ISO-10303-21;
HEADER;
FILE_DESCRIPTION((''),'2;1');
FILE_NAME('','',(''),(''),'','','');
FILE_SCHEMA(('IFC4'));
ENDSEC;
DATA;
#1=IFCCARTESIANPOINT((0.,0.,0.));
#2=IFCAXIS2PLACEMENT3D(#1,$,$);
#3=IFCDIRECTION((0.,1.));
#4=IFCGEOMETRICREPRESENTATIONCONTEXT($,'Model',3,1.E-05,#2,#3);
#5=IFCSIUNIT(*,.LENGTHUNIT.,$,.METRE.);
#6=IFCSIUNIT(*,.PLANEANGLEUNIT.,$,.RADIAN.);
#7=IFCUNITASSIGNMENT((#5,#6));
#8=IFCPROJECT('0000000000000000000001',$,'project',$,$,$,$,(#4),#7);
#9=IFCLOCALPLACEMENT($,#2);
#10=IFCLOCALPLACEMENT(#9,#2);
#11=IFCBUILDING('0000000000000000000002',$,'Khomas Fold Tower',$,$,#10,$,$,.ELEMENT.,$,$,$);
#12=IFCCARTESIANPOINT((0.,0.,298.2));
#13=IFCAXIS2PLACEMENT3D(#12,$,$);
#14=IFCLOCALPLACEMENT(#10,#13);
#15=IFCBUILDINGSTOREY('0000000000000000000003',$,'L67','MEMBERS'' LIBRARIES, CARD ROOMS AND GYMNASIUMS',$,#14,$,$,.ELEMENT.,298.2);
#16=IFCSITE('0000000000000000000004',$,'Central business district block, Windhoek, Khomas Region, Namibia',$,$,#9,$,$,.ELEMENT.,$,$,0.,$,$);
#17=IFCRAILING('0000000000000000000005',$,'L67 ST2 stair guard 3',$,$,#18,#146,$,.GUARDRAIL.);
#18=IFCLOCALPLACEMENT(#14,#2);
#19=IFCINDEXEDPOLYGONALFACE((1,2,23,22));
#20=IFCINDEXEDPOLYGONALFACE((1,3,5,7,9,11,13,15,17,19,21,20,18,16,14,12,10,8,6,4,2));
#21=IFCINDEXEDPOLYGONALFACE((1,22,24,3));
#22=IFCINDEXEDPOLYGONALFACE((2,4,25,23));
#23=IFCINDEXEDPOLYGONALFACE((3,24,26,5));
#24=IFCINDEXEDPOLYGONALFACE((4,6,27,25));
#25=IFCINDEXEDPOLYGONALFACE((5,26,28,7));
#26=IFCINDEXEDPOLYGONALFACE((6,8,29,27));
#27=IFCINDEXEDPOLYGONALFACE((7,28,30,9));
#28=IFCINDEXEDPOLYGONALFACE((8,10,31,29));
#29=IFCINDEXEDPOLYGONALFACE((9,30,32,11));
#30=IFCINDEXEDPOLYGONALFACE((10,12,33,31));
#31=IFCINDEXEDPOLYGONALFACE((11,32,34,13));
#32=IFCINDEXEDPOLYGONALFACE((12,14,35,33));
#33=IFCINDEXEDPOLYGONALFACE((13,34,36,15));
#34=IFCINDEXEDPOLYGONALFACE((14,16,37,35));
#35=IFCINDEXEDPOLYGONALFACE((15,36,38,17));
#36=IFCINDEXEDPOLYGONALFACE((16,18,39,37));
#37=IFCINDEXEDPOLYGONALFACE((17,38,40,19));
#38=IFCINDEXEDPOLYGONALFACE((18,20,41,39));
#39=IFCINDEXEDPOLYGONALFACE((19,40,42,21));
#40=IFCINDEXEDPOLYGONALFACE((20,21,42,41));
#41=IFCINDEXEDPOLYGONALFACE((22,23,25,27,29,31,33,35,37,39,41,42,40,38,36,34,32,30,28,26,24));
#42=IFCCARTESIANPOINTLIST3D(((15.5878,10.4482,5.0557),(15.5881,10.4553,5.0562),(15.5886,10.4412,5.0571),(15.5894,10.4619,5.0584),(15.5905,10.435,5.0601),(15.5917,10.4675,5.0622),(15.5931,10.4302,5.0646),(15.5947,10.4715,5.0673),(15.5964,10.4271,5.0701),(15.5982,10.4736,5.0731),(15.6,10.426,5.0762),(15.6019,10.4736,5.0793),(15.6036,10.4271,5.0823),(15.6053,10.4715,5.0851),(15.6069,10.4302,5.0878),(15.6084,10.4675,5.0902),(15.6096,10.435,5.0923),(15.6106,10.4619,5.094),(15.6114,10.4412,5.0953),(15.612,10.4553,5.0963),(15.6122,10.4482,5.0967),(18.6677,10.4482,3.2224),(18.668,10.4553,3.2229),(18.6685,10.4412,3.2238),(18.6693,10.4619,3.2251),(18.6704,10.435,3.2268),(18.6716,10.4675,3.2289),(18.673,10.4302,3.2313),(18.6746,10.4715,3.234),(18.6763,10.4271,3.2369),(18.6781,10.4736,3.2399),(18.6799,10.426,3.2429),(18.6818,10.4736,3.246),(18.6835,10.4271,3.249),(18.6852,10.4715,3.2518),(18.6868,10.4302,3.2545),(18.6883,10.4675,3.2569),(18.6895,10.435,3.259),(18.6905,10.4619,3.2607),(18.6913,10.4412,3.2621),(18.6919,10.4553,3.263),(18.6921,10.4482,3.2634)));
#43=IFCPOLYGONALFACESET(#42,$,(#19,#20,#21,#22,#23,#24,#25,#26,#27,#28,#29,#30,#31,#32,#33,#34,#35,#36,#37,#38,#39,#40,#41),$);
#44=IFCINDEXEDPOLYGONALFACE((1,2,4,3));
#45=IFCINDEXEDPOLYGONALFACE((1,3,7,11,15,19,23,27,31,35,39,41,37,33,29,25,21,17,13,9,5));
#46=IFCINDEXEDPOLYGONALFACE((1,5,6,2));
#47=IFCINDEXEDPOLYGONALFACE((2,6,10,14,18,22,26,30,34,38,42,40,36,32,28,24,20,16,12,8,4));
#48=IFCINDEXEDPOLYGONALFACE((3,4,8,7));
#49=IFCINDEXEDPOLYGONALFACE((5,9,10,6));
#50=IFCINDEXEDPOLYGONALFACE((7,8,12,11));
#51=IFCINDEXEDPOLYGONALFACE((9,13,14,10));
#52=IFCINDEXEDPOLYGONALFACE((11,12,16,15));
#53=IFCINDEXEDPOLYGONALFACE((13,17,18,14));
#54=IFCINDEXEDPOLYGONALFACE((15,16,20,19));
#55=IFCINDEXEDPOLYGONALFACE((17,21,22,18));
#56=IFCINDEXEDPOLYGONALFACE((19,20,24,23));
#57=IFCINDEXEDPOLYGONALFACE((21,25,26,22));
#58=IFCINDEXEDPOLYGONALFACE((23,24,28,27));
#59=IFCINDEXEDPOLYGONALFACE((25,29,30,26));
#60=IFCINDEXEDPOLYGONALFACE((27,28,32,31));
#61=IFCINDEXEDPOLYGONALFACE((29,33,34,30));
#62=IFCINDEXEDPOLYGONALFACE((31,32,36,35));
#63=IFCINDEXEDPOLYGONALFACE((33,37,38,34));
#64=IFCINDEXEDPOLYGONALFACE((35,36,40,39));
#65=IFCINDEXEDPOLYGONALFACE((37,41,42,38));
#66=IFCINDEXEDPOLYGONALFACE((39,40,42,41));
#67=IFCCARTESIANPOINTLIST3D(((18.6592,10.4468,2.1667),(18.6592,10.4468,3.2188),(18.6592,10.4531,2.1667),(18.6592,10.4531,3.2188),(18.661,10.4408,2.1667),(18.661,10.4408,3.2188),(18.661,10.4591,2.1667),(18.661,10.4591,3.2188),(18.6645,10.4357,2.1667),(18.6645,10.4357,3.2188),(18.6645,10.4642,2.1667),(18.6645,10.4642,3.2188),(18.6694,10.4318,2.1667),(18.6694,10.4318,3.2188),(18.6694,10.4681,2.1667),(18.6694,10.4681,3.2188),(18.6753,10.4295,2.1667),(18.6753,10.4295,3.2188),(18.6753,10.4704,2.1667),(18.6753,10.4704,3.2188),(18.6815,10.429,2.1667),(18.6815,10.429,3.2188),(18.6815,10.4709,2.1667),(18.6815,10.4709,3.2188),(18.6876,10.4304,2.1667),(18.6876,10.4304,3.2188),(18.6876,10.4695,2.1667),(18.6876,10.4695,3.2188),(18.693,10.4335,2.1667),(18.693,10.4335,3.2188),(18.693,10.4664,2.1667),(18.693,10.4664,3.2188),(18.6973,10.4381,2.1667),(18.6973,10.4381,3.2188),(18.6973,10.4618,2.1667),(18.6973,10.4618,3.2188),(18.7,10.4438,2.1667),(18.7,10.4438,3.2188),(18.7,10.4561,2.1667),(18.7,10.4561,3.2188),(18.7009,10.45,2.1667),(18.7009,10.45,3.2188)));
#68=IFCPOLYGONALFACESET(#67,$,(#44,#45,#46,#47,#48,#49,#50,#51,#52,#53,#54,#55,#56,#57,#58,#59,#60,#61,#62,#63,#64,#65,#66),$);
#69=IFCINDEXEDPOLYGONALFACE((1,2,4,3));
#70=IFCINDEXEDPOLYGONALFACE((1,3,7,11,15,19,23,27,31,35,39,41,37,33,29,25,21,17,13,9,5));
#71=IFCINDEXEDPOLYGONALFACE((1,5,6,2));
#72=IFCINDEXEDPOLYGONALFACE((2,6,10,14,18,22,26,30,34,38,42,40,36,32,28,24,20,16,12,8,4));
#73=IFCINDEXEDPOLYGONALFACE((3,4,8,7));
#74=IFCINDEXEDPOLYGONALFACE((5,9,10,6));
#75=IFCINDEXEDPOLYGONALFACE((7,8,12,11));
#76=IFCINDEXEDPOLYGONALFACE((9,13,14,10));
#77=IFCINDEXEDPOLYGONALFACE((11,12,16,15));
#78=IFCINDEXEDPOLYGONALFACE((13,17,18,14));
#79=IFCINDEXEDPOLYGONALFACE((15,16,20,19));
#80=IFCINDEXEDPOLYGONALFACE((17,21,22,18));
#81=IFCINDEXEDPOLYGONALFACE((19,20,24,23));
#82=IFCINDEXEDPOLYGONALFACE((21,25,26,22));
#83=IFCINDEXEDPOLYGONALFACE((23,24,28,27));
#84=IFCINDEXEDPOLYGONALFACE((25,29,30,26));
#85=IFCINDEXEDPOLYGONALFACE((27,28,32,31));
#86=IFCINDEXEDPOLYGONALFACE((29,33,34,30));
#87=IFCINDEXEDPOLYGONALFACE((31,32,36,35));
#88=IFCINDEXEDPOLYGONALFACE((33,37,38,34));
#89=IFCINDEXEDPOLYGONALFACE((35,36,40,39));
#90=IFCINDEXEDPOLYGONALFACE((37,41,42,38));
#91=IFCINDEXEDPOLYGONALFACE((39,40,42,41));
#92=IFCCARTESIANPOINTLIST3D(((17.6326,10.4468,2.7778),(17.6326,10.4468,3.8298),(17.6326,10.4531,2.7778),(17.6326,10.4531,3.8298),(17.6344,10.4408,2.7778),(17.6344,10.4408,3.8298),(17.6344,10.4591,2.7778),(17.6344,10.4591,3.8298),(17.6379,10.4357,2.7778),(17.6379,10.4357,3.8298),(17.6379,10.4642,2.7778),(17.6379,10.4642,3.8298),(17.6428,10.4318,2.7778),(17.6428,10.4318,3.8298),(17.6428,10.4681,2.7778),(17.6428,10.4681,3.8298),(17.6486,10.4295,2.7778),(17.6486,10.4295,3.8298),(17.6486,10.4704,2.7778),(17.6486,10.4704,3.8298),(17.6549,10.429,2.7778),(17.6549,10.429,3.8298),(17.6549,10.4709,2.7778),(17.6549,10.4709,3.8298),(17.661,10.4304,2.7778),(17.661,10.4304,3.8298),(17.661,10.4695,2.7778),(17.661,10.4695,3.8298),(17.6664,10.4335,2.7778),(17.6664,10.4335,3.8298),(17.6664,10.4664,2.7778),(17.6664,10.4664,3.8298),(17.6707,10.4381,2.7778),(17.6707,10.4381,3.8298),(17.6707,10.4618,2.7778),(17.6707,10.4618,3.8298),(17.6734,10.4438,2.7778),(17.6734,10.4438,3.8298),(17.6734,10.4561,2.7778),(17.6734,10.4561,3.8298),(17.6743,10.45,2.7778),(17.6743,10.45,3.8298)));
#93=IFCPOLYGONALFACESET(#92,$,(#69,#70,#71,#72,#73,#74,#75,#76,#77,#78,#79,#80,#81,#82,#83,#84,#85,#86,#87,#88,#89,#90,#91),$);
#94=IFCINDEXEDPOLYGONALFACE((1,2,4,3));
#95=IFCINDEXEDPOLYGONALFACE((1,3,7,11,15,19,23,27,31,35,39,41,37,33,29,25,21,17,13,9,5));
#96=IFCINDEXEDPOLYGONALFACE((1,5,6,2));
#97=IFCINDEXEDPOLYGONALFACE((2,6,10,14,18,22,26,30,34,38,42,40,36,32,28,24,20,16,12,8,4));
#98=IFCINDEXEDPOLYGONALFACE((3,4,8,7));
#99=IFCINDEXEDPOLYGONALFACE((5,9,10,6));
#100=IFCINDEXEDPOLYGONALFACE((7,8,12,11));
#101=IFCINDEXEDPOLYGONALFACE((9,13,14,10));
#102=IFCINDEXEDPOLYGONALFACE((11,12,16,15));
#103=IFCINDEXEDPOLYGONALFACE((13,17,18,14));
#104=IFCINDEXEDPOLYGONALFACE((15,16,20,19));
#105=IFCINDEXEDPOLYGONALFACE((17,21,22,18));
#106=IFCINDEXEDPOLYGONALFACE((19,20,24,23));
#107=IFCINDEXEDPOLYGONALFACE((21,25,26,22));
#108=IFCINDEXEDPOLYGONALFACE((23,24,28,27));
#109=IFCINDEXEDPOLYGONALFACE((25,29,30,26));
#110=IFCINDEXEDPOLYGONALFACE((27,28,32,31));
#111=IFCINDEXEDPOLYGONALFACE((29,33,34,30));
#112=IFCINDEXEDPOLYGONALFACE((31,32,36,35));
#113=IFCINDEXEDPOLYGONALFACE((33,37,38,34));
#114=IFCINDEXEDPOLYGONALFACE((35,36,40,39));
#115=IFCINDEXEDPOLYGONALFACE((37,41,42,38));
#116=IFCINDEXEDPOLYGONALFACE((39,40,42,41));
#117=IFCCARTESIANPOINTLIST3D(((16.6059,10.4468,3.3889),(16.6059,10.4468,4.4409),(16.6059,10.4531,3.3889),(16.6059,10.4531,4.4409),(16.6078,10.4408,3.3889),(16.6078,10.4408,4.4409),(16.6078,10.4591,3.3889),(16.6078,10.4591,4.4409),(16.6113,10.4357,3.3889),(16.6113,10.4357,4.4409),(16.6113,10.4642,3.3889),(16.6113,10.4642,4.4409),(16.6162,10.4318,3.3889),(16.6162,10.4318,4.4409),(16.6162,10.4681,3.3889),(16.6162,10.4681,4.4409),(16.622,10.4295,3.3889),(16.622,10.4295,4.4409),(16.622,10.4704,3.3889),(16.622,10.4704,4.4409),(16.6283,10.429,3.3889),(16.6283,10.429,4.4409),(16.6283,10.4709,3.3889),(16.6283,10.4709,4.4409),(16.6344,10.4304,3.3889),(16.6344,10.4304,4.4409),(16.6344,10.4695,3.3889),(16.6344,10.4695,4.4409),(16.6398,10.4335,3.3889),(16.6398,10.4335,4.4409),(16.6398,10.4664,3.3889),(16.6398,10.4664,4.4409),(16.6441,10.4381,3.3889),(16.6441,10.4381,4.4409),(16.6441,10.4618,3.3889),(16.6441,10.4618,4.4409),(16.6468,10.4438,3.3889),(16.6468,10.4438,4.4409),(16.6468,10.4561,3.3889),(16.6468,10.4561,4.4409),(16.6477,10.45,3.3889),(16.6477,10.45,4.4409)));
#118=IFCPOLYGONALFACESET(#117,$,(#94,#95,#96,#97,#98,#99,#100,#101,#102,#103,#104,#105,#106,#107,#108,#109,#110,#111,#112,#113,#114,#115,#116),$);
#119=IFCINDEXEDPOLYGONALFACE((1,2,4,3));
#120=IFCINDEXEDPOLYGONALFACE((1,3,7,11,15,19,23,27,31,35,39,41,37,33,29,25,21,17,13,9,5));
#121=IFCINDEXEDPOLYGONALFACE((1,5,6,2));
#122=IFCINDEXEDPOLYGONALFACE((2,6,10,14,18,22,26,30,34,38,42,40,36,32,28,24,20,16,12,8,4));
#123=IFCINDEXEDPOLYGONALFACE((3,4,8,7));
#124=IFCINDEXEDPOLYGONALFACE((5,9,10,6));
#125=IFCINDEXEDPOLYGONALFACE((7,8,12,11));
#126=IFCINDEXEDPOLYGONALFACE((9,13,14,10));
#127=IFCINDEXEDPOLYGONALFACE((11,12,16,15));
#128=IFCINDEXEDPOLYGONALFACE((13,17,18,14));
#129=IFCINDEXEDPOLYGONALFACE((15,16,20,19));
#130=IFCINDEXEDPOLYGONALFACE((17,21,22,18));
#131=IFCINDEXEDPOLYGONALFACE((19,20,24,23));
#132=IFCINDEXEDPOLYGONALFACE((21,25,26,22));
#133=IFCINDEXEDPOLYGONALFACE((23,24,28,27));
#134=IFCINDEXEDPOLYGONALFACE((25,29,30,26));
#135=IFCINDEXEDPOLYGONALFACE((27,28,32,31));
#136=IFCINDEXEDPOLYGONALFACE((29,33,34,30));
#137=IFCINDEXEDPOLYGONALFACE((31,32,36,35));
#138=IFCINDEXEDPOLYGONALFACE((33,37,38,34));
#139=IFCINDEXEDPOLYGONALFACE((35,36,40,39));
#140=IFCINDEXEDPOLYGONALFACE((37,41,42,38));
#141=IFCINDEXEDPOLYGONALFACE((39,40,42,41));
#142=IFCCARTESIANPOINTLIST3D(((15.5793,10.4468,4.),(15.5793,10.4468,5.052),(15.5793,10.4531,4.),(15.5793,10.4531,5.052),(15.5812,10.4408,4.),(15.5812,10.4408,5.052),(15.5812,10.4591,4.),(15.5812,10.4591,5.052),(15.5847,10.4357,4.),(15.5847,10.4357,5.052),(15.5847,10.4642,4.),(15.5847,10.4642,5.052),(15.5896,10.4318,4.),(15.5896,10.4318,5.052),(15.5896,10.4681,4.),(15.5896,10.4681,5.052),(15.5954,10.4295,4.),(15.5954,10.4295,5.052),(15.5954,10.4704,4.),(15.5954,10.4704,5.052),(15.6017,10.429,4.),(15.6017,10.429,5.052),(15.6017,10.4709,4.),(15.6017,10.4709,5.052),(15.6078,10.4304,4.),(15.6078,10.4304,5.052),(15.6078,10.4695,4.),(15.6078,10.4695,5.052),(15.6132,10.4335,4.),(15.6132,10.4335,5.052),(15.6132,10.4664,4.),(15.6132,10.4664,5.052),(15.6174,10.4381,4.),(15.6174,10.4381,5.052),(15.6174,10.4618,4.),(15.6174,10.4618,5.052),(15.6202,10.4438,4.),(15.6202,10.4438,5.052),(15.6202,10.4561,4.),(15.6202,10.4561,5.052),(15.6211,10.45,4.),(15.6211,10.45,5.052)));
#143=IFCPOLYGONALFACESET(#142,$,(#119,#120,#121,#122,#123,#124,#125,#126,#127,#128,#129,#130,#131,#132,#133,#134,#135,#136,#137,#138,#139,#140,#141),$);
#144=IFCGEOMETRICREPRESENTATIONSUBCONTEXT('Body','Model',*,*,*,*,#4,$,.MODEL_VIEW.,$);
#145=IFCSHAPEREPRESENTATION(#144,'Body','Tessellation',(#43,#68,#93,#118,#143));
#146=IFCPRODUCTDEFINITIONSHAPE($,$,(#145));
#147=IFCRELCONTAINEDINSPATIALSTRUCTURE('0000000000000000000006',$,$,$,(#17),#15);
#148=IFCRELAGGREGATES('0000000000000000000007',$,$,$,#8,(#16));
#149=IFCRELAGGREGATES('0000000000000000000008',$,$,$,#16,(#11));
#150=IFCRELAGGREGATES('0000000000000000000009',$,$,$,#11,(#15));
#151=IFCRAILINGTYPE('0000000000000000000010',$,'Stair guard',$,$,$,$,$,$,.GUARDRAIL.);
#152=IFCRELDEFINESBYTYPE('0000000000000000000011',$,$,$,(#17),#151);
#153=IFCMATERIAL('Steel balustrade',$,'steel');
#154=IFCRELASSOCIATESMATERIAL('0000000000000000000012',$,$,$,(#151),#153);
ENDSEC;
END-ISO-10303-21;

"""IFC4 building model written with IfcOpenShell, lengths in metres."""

from ifc_helpers import new_model, si_unit, direction, frame, origin, origin_2d, place, context, subcontext, project, spatial, circle, extrude, source, transform, mapped, material, type_object, element, save


model = new_model("IFC4")

# Units and contexts
model_context = context("Model", 3, precision=1e-05, world=origin(), true_north=direction((0.0, 1.0)))
body_context = subcontext(model_context, "Body", "Model", "MODEL_VIEW")
ifc_project = project(units=[si_unit("LENGTHUNIT", "METRE"), si_unit("PLANEANGLEUNIT", "RADIAN")], contexts=[model_context])

# Site, building, storey
site_placement = place(None, origin())
site = spatial("IfcSite", under=ifc_project, at=site_placement, Name="Central business district block, Windhoek, Khomas Region, Namibia", CompositionType="ELEMENT", RefElevation=0.0)
building_placement = place(site_placement, origin())
building = spatial("IfcBuilding", under=site, at=building_placement, Name="Khomas Fold Tower", CompositionType="ELEMENT")
storey_placement = place(building_placement, frame((0.0, 0.0, 298.2)))
storey = spatial("IfcBuildingStorey", under=building, at=storey_placement, Name="L67", Description="MEMBERS' LIBRARIES, CARD ROOMS AND GYMNASIUMS", CompositionType="ELEMENT", Elevation=298.2)

# Railing
ifc_material_1 = material(Name="Steel balustrade", Category="steel")
railing_type_1 = type_object("IfcRailingType", Name="Stair guard", PredefinedType="GUARDRAIL", material=ifc_material_1)
shared_shape_1 = source(origin(), body_context, "Body", "SweptSolid", [
    extrude(circle(Radius=0.0239, at=origin_2d()), frame((0.0, 0.0, 1.0762), z_axis=(-0.859291, 0.0, 0.511487), x_axis=(0.0, -1.0, 0.0)), (0.0, 0.0, 1.0), 3.5842),
    extrude(circle(Radius=0.021, at=origin_2d()), origin(), (0.0, 0.0, 1.0), 1.052),
    extrude(circle(Radius=0.021, at=origin_2d()), frame((-1.0266, 0.0, 0.6111)), (0.0, 0.0, 1.0), 1.052),
    extrude(circle(Radius=0.021, at=origin_2d()), frame((-2.0532, 0.0, 1.2222)), (0.0, 0.0, 1.0), 1.052),
    extrude(circle(Radius=0.021, at=origin_2d()), frame((-3.0798, 0.0, 1.8333)), (0.0, 0.0, 1.0), 1.052),
])
railing_1_placement = place(storey_placement, frame((18.6799, 10.45, 2.1667)))
element("IfcRailing", 1, at=railing_1_placement, inside=storey, type_object=railing_type_1, Name="L67 ST2 stair guard 3", PredefinedType="GUARDRAIL", context=body_context, shape_type="MappedRepresentation", body=[
    mapped(shared_shape_1, transform((0.0, 0.0, 0.0))),
])

save(model, "model.ifc")
